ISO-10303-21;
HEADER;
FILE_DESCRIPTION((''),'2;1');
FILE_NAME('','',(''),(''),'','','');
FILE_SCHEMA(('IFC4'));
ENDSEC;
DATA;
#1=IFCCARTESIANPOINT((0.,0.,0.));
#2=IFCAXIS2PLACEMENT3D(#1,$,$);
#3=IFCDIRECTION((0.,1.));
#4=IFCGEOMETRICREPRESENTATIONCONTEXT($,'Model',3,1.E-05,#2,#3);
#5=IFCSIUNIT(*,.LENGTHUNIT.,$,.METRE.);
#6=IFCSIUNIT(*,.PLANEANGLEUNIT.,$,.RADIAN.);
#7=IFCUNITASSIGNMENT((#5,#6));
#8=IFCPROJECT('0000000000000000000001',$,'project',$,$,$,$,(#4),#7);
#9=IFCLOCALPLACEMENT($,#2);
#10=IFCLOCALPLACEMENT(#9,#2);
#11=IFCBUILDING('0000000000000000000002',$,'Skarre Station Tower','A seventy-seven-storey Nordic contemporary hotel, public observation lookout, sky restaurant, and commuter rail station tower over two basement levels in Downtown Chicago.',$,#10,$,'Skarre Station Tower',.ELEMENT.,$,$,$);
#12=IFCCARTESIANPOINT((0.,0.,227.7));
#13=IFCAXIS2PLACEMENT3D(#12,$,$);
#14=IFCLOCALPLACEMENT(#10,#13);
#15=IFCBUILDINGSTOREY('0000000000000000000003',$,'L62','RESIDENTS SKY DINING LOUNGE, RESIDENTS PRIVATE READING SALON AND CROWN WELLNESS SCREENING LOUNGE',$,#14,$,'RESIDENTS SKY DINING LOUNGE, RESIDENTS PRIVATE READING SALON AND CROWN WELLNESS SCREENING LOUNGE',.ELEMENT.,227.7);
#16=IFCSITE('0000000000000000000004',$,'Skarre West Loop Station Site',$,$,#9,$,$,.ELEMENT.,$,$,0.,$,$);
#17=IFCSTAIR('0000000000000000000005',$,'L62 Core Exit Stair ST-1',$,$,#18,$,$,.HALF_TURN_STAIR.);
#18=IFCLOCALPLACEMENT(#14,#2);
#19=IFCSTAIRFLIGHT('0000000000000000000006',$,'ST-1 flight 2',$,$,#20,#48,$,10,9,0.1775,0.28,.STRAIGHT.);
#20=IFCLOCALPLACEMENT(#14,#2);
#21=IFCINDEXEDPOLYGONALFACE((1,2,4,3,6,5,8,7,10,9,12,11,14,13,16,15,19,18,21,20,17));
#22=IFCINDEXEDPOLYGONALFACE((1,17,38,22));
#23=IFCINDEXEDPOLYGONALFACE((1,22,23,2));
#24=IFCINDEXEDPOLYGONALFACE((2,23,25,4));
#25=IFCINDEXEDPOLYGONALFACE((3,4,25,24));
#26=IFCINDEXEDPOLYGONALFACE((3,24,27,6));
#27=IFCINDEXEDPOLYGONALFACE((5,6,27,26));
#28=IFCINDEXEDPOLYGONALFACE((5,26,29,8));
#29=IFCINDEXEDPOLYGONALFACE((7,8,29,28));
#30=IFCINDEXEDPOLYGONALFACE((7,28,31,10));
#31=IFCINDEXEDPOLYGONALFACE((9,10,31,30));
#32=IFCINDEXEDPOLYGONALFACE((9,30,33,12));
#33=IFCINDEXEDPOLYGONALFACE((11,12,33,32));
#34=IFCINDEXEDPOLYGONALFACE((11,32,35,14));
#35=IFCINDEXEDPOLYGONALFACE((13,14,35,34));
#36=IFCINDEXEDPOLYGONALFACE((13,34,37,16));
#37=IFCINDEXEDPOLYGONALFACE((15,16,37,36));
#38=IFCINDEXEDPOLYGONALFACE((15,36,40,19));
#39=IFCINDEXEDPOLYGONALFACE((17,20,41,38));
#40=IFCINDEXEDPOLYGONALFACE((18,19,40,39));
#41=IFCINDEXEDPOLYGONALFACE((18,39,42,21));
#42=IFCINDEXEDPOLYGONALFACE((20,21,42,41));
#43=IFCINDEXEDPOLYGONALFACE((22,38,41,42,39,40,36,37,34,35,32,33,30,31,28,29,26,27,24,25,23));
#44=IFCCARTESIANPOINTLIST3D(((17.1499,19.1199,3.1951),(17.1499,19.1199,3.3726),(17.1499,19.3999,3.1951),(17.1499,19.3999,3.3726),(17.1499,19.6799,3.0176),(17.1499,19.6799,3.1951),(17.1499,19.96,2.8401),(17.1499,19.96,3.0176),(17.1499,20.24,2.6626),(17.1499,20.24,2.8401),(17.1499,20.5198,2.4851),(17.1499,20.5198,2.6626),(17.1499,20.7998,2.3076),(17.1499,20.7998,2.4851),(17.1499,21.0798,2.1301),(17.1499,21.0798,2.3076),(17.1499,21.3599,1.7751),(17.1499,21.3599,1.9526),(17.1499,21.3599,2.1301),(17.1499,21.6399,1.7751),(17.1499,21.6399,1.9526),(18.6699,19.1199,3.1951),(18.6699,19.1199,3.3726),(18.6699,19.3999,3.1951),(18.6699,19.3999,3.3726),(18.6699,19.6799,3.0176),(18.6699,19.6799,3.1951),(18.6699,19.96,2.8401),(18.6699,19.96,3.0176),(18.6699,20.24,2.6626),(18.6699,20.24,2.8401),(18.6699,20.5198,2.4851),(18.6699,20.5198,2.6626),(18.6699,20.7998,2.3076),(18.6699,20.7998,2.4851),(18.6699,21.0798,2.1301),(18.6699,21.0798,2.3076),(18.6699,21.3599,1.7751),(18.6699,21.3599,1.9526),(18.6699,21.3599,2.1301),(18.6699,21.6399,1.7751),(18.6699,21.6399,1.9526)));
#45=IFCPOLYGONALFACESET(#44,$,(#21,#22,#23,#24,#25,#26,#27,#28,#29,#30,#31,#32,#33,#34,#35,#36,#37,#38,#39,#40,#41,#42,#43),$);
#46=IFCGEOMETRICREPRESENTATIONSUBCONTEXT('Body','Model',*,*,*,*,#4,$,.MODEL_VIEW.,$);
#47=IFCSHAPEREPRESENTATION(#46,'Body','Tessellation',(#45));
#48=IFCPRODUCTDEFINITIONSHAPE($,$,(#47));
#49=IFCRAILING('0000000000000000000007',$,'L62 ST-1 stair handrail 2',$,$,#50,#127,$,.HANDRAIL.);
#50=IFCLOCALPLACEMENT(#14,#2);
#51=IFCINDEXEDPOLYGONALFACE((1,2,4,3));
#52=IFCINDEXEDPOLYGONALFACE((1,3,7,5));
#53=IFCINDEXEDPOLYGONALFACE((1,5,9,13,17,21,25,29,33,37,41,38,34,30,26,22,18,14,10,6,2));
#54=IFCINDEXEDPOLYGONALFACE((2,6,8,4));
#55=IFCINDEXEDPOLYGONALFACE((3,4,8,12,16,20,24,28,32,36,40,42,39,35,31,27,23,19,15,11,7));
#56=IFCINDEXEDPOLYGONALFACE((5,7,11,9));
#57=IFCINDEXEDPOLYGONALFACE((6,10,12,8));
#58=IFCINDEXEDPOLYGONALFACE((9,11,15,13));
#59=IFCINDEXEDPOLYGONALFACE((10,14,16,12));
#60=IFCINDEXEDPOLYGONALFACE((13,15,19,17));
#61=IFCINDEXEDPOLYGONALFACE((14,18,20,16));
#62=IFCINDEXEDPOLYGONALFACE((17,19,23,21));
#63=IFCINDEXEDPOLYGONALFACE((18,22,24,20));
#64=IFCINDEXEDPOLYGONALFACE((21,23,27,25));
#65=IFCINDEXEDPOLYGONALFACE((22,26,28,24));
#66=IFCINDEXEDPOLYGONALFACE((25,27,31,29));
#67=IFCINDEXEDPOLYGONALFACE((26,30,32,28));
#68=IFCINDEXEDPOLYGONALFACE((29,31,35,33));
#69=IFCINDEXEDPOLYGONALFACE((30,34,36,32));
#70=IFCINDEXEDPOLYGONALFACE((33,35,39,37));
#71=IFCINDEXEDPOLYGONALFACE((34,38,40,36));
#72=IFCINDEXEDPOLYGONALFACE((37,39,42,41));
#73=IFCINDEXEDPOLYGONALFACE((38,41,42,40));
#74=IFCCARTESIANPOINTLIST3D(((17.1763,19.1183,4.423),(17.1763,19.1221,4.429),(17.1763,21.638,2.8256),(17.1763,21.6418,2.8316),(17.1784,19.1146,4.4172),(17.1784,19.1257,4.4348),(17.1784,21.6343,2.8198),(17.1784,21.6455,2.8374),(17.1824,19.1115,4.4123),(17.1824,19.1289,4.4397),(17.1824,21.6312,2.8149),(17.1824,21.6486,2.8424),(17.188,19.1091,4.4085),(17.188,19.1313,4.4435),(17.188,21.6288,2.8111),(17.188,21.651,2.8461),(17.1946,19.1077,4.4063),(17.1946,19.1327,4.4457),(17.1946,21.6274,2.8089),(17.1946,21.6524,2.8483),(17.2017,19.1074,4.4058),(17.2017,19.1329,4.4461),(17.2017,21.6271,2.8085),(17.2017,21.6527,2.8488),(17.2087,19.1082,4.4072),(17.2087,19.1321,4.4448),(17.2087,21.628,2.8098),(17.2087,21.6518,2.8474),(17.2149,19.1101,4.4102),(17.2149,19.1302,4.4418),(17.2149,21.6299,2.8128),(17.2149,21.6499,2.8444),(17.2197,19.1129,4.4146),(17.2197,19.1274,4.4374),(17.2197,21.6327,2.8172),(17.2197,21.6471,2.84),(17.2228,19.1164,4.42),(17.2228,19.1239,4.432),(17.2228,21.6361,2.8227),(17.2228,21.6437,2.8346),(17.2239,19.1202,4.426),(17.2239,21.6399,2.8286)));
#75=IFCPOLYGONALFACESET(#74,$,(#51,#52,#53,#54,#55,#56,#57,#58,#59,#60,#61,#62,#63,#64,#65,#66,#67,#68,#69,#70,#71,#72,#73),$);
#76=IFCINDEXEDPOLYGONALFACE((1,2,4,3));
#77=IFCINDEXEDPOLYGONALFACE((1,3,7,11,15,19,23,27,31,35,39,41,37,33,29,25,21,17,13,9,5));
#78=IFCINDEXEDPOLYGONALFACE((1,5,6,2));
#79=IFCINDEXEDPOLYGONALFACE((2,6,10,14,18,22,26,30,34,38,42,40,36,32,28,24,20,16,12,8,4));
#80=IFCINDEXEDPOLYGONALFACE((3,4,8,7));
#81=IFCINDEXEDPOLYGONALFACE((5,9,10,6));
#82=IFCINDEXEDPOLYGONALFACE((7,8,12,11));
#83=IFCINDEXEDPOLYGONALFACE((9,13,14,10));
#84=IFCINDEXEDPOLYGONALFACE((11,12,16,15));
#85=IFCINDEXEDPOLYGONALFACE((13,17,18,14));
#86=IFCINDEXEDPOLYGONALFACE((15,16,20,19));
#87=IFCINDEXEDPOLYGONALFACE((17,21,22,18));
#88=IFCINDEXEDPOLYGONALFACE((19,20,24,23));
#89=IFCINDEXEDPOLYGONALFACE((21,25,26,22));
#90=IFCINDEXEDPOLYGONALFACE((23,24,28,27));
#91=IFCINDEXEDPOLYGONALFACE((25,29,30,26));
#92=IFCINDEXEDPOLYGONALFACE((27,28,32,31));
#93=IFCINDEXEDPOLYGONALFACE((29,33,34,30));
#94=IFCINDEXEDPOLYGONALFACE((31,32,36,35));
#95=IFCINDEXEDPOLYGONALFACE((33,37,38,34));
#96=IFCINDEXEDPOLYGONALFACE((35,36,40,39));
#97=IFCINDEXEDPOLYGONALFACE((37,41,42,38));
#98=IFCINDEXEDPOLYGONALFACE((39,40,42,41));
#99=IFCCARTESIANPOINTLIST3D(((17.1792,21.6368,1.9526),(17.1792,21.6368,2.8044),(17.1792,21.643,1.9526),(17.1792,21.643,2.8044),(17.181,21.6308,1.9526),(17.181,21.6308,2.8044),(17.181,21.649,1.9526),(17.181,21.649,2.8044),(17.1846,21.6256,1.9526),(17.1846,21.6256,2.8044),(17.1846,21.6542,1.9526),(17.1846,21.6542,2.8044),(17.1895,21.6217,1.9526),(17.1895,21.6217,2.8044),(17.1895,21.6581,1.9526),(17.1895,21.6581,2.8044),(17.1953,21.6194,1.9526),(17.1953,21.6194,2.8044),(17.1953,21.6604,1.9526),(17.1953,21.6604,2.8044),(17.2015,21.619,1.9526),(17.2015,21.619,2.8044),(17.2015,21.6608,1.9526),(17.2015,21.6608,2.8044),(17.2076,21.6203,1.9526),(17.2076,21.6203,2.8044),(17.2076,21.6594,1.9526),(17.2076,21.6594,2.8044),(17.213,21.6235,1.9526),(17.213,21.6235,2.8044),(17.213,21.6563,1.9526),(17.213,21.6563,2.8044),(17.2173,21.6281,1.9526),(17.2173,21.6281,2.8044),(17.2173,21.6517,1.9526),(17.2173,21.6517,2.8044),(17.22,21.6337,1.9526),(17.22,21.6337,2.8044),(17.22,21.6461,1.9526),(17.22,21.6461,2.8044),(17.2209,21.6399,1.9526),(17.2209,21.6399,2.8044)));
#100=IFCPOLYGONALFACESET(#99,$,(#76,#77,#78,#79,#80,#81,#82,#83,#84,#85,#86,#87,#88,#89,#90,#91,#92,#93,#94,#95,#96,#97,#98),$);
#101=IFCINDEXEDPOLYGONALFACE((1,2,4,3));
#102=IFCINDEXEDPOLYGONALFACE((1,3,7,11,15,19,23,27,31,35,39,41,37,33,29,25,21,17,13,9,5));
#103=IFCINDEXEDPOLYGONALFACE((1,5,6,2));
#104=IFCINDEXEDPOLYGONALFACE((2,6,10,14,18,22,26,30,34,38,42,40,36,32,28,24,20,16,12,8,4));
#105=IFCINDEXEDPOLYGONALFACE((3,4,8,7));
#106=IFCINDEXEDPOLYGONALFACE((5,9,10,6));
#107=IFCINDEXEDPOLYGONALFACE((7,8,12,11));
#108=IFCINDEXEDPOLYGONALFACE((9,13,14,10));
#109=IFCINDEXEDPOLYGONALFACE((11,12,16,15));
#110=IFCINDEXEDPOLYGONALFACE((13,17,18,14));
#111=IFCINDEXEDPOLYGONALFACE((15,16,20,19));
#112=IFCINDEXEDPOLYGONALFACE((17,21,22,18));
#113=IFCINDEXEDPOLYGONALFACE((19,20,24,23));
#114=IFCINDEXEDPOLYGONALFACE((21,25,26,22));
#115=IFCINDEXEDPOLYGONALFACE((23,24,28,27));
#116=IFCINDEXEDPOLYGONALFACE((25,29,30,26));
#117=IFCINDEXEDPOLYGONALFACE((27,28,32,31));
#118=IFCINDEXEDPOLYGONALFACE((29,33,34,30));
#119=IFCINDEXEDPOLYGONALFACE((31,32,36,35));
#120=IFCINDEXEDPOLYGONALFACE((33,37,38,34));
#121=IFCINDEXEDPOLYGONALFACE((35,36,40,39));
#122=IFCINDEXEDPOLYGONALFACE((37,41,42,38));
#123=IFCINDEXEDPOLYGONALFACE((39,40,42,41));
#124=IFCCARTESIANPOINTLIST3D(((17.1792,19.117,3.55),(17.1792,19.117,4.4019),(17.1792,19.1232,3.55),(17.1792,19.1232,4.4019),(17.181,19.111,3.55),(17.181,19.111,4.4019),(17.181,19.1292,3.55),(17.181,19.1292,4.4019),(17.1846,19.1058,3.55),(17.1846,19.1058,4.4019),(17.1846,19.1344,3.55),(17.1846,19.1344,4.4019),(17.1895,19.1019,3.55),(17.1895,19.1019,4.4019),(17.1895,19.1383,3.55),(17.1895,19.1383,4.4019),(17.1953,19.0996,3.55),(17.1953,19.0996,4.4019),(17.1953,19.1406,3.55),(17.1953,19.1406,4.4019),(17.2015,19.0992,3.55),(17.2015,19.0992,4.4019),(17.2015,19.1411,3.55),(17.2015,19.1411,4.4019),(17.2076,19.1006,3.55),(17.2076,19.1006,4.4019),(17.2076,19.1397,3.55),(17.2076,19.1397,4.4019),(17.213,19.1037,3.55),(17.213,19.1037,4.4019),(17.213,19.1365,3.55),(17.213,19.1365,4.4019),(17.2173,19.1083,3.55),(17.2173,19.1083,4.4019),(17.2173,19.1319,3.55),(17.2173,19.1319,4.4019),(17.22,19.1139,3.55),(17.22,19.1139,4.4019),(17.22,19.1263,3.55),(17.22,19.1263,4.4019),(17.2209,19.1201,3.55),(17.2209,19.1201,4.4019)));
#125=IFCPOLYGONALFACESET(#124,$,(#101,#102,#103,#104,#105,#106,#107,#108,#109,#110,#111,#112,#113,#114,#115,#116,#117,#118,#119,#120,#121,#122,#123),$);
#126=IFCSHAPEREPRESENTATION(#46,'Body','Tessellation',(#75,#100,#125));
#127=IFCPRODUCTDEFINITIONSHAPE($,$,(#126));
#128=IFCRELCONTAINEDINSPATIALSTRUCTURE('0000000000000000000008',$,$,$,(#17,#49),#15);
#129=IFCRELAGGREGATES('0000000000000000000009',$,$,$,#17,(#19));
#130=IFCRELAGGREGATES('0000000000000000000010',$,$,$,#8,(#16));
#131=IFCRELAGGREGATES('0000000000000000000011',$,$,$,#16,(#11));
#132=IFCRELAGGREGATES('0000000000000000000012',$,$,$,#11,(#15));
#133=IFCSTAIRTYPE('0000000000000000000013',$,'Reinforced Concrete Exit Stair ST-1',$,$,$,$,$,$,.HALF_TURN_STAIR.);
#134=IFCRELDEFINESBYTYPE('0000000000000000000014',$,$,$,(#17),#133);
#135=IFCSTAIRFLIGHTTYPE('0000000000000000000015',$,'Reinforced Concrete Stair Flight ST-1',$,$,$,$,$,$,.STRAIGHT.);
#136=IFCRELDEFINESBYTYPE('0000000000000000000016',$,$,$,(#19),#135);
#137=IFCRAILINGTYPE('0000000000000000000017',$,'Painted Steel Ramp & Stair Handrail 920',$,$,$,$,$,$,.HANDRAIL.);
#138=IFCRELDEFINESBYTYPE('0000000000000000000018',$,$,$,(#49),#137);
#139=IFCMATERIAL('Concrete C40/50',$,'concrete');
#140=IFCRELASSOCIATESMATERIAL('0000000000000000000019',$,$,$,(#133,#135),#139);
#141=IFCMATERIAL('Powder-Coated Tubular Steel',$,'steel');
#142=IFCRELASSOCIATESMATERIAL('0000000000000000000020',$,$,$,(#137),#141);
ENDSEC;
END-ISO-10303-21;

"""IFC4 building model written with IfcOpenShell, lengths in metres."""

from ifc_helpers import new_model, si_unit, direction, frame, origin, origin_2d, place, context, subcontext, project, spatial, polyline, circle, outline, extrude, material, type_object, element, aggregate, save


model = new_model("IFC4")

# Units and contexts
model_context = context("Model", 3, precision=1e-05, world=origin(), true_north=direction((0.0, 1.0)))
body_context = subcontext(model_context, "Body", "Model", "MODEL_VIEW")
ifc_project = project(units=[si_unit("LENGTHUNIT", "METRE"), si_unit("PLANEANGLEUNIT", "RADIAN")], contexts=[model_context])

# Site, building, storey
site_placement = place(None, origin())
site = spatial("IfcSite", under=ifc_project, at=site_placement, Name="Skarre West Loop Station Site", CompositionType="ELEMENT", RefElevation=0.0)
building_placement = place(site_placement, origin())
building = spatial("IfcBuilding", under=site, at=building_placement, Name="Skarre Station Tower", Description="A seventy-seven-storey Nordic contemporary hotel, public observation lookout, sky restaurant, and commuter rail station tower over two basement levels in Downtown Chicago.", LongName="Skarre Station Tower", CompositionType="ELEMENT")
storey_placement = place(building_placement, frame((0.0, 0.0, 227.7)))
storey = spatial("IfcBuildingStorey", under=building, at=storey_placement, Name="L62", Description="RESIDENTS SKY DINING LOUNGE, RESIDENTS PRIVATE READING SALON AND CROWN WELLNESS SCREENING LOUNGE", LongName="RESIDENTS SKY DINING LOUNGE, RESIDENTS PRIVATE READING SALON AND CROWN WELLNESS SCREENING LOUNGE", CompositionType="ELEMENT", Elevation=227.7)

# Stair, stair flight
ifc_material_1 = material(Name="Concrete C40/50", Category="concrete")
stair_type = type_object("IfcStairType", Name="Reinforced Concrete Exit Stair ST-1", PredefinedType="HALF_TURN_STAIR", material=ifc_material_1)
stair_placement = place(storey_placement, origin())
stair = element("IfcStair", 1, at=stair_placement, inside=storey, type_object=stair_type, Name="L62 Core Exit Stair ST-1", PredefinedType="HALF_TURN_STAIR")
stair_flight_type = type_object("IfcStairFlightType", Name="Reinforced Concrete Stair Flight ST-1", PredefinedType="STRAIGHT", material=ifc_material_1)
stair_flight_placement = place(storey_placement, frame((17.9099, 21.6399, 1.7751), z_axis=(0.0, 0.0, 1.0), x_axis=(0.0, -1.0, 0.0)))
stair_flight = element("IfcStairFlight", 2, at=stair_flight_placement, type_object=stair_flight_type, Name="ST-1 flight 2", NumberOfRisers=10, NumberOfTreads=9, PredefinedType="STRAIGHT", RiserHeight=0.1775, TreadLength=0.28, context=body_context, shape_type="SweptSolid", body=[
    extrude(outline(polyline([(0.0, 0.0), (0.0, 0.1775), (0.28, 0.1775), (0.28, 0.355), (0.5601, 0.355), (0.5601, 0.5325), (0.8401, 0.5325), (0.8401, 0.71), (1.1201, 0.71), (1.1201, 0.8875), (1.3999, 0.8875), (1.3999, 1.0649), (1.6799, 1.0649), (1.6799, 1.2424), (1.96, 1.2424), (1.96, 1.4199), (2.24, 1.4199), (2.24, 1.5974), (2.52, 1.5974), (2.52, 1.7749), (2.52, 1.4199), (0.28, 0.0), (0.0, 0.0)])), frame((0.0, 0.76, 0.0), z_axis=(0.0, -1.0, 0.0), x_axis=(1.0, 0.0, 0.0)), (0.0, 0.0, 1.0), 1.52),
])
aggregate(stair, [stair_flight])

# Railing
ifc_material_2 = material(Name="Powder-Coated Tubular Steel", Category="steel")
railing_type_1 = type_object("IfcRailingType", Name="Painted Steel Ramp & Stair Handrail 920", PredefinedType="HANDRAIL", material=ifc_material_2)
railing_1_placement = place(storey_placement, frame((17.2, 21.6399, 1.9526)))
element("IfcRailing", 3, at=railing_1_placement, inside=storey, type_object=railing_type_1, Name="L62 ST-1 stair handrail 2", PredefinedType="HANDRAIL", context=body_context, shape_type="SweptSolid", body=[
    extrude(circle(Radius=0.0239, at=origin_2d()), frame((0.0, 0.0, 0.876), z_axis=(0.0, -0.844583, 0.535424), x_axis=(1.0, 0.0, 0.0)), (0.0, 0.0, 1.0), 2.9834),
    extrude(circle(Radius=0.021, at=origin_2d()), origin(), (0.0, 0.0, 1.0), 0.8518),
    extrude(circle(Radius=0.021, at=origin_2d()), frame((0.0, -2.5198, 1.5974)), (0.0, 0.0, 1.0), 0.8518),
])

save(model, "model.ifc")
